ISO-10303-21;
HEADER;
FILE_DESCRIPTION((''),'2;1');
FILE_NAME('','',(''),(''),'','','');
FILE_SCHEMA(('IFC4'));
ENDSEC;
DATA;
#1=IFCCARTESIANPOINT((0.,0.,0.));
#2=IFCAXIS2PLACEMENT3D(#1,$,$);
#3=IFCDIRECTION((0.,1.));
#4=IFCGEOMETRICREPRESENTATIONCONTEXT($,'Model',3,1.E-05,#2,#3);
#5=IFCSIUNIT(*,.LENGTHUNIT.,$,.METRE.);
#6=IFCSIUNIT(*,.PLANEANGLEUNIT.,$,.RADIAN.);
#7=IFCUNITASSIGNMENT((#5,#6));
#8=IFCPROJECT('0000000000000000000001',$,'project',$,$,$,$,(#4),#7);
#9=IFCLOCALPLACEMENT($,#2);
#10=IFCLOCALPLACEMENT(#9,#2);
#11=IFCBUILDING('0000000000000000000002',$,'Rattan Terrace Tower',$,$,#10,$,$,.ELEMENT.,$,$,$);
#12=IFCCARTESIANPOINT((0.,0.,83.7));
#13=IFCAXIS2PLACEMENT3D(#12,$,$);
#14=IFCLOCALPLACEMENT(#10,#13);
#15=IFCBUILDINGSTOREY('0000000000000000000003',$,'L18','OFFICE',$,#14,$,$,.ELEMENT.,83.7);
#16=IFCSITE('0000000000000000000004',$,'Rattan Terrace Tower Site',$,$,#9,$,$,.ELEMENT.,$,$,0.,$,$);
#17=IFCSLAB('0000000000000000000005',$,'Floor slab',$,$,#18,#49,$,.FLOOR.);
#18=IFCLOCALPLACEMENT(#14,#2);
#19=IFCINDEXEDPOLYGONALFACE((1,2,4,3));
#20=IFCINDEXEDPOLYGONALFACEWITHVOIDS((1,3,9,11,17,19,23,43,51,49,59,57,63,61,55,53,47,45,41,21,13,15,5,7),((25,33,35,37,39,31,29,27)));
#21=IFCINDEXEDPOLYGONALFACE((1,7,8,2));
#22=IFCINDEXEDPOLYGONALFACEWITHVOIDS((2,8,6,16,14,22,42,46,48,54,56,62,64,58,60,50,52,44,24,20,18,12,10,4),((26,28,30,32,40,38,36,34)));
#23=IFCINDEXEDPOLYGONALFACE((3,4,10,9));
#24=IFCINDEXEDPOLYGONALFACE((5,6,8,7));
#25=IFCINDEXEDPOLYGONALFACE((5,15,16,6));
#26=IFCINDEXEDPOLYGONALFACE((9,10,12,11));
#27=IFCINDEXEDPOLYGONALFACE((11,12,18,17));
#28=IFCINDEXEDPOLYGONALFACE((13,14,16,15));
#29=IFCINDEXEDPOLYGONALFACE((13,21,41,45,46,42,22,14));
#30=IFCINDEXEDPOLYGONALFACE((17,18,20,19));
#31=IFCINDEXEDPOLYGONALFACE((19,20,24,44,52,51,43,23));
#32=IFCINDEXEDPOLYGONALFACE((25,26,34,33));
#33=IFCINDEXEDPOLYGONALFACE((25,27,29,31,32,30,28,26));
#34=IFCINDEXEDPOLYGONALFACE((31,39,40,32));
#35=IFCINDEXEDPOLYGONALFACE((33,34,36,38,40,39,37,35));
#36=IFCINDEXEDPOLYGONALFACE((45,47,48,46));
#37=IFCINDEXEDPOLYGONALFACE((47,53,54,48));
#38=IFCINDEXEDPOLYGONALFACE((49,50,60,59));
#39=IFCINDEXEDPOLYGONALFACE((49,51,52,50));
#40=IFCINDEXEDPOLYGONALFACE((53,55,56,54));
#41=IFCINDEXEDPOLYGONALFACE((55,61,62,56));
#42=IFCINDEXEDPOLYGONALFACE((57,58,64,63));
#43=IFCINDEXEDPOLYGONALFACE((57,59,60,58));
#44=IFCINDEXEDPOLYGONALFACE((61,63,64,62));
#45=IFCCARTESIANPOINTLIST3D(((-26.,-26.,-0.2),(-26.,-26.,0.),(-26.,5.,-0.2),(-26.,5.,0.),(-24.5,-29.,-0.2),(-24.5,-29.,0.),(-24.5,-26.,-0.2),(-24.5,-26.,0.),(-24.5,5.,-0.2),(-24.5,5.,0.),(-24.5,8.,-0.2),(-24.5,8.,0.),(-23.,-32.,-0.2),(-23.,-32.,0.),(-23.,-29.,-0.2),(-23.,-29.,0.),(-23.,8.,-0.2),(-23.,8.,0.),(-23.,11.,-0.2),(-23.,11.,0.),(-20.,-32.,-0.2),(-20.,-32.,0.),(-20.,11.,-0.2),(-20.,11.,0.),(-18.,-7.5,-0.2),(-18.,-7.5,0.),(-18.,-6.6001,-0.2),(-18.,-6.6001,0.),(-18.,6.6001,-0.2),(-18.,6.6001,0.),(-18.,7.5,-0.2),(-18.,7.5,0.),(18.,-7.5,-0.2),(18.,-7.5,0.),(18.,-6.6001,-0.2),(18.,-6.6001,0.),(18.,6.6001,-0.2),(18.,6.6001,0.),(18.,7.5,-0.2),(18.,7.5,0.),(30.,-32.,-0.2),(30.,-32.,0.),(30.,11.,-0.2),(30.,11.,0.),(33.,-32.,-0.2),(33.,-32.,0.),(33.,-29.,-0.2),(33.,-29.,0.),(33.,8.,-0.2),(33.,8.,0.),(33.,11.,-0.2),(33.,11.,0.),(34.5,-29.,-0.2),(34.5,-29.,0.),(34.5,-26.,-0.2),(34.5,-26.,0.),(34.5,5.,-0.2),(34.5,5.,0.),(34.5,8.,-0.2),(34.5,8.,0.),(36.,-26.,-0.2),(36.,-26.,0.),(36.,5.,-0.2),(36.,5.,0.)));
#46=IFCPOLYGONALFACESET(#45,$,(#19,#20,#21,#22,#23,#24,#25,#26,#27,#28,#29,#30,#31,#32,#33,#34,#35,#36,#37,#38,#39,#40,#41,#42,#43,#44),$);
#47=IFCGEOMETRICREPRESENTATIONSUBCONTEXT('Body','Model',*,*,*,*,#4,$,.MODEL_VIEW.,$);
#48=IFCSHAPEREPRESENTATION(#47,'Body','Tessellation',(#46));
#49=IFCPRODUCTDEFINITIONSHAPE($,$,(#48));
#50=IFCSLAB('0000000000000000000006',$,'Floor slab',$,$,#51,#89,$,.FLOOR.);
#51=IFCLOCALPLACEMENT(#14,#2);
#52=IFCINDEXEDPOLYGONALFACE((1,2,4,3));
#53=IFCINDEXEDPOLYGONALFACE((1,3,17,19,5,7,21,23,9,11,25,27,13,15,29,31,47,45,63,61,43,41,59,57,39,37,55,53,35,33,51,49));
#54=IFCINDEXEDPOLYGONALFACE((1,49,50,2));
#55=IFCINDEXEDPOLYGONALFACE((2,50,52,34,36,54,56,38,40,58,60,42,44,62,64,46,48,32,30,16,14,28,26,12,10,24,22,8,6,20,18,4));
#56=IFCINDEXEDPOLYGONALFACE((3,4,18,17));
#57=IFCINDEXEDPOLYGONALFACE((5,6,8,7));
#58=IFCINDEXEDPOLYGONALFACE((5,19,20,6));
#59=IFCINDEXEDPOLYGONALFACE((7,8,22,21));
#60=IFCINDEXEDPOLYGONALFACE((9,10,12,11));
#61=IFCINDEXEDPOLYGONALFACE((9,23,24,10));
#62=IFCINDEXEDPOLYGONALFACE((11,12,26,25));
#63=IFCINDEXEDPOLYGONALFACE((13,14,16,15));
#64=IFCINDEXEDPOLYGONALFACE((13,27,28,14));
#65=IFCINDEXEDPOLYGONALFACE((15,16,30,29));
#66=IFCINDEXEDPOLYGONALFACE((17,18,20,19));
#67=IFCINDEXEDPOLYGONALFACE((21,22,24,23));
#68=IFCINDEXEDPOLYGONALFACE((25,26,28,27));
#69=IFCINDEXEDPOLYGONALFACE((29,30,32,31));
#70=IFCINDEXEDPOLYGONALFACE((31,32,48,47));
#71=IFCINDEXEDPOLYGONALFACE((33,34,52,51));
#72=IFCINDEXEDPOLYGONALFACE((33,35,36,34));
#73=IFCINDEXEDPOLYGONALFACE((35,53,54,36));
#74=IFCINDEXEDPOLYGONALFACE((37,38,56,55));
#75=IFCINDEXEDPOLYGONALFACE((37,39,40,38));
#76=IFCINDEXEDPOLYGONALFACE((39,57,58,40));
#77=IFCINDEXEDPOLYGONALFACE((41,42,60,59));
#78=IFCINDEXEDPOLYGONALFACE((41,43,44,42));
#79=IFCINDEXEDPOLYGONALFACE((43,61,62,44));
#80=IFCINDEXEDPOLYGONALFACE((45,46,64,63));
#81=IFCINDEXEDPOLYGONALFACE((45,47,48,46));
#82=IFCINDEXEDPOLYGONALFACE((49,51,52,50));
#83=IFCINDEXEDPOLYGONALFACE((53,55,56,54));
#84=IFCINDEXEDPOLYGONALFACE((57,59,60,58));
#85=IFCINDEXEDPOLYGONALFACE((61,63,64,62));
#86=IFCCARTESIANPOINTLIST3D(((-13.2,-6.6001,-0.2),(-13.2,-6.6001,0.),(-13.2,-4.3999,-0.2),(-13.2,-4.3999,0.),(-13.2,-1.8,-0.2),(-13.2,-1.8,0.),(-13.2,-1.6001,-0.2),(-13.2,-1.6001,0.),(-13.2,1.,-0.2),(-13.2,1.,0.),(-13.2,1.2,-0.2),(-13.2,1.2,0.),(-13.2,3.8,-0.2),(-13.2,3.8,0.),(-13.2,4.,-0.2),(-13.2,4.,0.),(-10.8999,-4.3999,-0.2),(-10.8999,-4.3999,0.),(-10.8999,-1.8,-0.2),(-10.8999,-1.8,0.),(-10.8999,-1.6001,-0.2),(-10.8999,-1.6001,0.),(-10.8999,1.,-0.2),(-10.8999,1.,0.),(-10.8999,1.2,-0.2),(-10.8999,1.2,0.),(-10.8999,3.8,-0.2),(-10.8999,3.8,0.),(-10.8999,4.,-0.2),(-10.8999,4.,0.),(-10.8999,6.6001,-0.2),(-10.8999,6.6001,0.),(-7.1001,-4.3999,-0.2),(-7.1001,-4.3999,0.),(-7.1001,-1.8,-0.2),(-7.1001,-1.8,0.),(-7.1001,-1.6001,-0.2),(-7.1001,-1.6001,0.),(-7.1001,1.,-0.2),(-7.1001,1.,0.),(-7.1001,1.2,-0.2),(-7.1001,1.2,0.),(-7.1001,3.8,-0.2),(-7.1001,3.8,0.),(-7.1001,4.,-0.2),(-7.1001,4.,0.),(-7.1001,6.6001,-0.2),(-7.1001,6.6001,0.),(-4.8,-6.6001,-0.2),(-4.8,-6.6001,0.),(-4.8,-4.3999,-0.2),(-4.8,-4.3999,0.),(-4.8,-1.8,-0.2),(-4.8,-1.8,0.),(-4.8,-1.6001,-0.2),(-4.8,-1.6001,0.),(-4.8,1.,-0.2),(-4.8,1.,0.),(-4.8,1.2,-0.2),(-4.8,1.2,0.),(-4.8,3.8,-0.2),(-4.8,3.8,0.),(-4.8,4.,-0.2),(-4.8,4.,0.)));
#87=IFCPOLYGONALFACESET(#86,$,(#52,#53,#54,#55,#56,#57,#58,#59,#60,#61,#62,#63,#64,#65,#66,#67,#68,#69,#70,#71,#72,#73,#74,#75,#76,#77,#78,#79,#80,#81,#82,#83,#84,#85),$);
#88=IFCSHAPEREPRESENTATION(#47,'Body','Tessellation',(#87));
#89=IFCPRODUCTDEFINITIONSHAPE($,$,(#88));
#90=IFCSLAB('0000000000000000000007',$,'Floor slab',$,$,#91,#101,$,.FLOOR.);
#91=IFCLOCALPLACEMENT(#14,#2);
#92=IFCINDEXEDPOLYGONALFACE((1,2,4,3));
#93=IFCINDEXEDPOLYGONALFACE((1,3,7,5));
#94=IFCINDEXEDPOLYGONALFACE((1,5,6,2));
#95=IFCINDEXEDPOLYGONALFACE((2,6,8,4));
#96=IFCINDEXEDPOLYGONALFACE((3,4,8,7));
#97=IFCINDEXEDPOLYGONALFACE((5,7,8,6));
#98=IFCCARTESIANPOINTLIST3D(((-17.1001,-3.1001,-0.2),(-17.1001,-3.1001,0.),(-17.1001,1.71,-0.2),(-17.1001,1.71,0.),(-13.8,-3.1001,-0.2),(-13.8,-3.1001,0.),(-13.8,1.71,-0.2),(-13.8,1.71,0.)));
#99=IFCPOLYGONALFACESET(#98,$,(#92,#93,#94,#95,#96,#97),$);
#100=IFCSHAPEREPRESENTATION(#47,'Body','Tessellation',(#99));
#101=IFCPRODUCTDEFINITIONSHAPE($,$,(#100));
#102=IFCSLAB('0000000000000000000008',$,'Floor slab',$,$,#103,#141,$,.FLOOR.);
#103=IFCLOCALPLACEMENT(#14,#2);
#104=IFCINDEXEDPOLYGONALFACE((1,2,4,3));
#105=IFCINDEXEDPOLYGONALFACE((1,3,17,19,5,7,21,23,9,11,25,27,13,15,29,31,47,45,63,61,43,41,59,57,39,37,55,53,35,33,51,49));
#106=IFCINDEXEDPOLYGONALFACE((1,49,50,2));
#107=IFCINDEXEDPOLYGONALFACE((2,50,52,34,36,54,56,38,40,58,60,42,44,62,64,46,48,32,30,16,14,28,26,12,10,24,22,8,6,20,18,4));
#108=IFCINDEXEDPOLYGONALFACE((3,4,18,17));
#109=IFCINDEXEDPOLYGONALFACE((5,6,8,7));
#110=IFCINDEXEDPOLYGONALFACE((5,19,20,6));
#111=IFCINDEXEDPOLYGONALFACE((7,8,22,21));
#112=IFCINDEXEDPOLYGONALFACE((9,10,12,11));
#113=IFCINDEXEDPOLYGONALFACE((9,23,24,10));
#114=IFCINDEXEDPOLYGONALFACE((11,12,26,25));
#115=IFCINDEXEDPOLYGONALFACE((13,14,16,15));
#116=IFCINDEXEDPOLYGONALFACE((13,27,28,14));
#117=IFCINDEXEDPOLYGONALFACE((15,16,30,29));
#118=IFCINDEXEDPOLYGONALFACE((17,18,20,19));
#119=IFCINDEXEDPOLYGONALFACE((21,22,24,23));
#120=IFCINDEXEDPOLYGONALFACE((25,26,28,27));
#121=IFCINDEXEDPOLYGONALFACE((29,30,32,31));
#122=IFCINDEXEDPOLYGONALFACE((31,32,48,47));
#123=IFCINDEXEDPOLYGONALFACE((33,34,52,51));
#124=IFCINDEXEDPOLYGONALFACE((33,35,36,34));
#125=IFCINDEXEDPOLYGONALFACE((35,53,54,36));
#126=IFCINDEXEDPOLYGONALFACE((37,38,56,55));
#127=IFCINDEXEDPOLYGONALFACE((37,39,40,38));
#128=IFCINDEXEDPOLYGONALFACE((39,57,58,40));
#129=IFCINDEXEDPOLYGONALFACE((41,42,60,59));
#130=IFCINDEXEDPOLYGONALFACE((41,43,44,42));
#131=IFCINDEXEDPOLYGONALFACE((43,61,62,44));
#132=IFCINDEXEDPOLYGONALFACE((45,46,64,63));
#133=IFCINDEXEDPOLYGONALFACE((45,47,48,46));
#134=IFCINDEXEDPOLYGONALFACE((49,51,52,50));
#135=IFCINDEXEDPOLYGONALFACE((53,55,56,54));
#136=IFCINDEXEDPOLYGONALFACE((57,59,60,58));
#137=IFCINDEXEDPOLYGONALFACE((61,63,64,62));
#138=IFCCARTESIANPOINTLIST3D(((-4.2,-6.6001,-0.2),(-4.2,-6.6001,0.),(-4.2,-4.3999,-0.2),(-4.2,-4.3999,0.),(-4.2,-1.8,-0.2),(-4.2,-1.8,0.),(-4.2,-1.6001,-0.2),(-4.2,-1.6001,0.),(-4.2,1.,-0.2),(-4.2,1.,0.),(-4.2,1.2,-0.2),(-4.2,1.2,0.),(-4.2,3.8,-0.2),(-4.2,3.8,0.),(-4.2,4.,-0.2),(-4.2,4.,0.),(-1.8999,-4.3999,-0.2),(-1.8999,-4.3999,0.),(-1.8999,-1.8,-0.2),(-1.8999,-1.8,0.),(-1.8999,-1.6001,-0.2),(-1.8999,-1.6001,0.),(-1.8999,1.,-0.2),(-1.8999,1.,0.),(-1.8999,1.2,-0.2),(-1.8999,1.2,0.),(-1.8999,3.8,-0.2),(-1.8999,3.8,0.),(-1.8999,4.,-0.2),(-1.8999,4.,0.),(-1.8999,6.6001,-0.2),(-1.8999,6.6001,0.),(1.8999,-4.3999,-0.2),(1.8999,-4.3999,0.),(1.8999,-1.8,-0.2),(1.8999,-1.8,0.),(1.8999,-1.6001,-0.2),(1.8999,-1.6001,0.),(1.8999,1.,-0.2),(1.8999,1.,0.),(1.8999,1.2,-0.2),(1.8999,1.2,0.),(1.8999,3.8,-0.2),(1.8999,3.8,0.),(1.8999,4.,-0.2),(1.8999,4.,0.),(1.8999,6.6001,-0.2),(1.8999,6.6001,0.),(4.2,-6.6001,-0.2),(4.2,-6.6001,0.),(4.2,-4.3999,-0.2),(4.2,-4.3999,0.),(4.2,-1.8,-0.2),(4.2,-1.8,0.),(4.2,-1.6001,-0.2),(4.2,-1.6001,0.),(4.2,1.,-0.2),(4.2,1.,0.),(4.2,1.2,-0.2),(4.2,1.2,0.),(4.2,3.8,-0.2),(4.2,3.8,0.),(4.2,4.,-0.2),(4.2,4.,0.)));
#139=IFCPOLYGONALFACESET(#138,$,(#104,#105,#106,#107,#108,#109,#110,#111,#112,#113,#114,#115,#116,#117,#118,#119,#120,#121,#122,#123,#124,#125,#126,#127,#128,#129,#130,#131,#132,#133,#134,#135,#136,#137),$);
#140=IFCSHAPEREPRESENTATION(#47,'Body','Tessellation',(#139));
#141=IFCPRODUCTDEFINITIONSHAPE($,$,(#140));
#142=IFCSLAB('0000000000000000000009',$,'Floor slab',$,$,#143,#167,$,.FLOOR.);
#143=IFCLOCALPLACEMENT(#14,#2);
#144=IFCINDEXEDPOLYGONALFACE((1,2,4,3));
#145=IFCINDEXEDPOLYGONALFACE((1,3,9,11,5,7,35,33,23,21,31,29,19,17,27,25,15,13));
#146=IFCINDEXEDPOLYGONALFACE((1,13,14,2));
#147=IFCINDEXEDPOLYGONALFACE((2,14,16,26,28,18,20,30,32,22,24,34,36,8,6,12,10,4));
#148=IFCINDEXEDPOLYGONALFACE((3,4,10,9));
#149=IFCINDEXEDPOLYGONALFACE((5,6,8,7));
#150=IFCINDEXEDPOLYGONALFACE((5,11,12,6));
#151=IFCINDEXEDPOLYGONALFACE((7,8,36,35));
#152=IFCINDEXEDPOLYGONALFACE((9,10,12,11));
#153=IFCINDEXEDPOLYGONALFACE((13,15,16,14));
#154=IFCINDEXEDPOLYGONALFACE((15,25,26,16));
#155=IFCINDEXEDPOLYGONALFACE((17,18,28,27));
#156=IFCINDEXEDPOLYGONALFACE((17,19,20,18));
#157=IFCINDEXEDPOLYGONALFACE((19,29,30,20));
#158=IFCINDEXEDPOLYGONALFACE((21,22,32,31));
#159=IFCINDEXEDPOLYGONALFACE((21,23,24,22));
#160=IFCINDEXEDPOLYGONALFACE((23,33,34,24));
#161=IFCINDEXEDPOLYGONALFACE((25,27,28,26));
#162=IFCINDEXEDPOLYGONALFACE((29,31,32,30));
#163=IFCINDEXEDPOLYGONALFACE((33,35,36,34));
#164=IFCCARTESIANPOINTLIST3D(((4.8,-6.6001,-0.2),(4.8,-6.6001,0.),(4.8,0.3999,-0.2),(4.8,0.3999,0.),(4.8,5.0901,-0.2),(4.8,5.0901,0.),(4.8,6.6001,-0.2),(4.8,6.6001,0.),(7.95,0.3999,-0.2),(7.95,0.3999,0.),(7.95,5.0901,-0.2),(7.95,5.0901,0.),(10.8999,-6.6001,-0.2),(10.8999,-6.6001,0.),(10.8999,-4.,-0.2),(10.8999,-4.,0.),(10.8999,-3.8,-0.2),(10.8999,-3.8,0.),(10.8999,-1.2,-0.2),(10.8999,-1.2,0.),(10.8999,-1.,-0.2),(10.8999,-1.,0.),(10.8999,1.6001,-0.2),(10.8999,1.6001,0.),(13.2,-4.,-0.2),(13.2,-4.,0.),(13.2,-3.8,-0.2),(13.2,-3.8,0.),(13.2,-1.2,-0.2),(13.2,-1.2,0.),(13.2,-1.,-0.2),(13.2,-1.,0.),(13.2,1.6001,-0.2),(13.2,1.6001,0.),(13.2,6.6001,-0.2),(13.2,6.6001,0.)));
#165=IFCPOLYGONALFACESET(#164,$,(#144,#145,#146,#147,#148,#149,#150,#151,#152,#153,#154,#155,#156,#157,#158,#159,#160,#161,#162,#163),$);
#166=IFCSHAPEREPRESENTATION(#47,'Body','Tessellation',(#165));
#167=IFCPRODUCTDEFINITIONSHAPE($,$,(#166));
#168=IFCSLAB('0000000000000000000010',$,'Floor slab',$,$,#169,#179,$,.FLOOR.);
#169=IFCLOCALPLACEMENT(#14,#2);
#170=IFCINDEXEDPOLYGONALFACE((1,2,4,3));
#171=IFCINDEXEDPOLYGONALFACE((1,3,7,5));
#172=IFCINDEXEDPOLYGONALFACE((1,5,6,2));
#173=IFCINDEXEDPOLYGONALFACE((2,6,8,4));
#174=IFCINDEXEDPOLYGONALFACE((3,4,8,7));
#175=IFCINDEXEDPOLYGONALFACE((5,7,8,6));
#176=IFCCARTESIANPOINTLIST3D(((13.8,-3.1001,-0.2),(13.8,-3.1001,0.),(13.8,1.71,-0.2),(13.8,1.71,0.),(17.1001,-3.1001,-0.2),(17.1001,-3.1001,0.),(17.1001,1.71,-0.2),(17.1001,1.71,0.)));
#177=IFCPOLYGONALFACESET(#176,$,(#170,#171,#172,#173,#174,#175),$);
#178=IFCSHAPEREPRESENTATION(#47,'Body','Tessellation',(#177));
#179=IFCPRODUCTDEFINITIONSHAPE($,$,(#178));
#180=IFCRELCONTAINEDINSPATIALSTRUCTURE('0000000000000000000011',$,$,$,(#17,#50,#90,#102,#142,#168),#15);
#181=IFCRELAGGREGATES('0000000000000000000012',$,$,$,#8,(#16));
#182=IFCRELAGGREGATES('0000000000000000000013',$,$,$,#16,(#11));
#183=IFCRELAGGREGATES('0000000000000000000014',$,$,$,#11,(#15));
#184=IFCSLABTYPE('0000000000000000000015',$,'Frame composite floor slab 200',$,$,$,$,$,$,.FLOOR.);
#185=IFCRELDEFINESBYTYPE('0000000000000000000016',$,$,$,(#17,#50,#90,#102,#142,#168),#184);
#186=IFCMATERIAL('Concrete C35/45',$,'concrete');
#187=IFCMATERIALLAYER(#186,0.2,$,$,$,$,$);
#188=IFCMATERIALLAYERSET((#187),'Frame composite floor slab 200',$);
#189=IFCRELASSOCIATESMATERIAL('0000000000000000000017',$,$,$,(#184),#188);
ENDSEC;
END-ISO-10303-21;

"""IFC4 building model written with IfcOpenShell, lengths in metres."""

from ifc_helpers import new_model, si_unit, direction, frame, origin, place, context, subcontext, project, spatial, polyline, outline, extrude, material, layer, layer_set, type_object, element, save


model = new_model("IFC4")

# Units and contexts
model_context = context("Model", 3, precision=1e-05, world=origin(), true_north=direction((0.0, 1.0)))
body_context = subcontext(model_context, "Body", "Model", "MODEL_VIEW")
ifc_project = project(units=[si_unit("LENGTHUNIT", "METRE"), si_unit("PLANEANGLEUNIT", "RADIAN")], contexts=[model_context])

# Site, building, storey
site_placement = place(None, origin())
site = spatial("IfcSite", under=ifc_project, at=site_placement, Name="Rattan Terrace Tower Site", CompositionType="ELEMENT", RefElevation=0.0)
building_placement = place(site_placement, origin())
building = spatial("IfcBuilding", under=site, at=building_placement, Name="Rattan Terrace Tower", CompositionType="ELEMENT")
storey_placement = place(building_placement, frame((0.0, 0.0, 83.7)))
storey = spatial("IfcBuildingStorey", under=building, at=storey_placement, Name="L18", Description="OFFICE", CompositionType="ELEMENT", Elevation=83.7)

# Slabs
ifc_material_1 = material(Name="Concrete C35/45", Category="concrete")
ifc_layer_1 = layer(ifc_material_1, 0.2)
ifc_layer_set_1 = layer_set([ifc_layer_1], Name="Frame composite floor slab 200")
slab_type_1 = type_object("IfcSlabType", Name="Frame composite floor slab 200", PredefinedType="FLOOR", material=ifc_layer_set_1)
slab_1_placement = place(storey_placement, frame((0.0, 0.0, -0.2)))
element("IfcSlab", 1, at=slab_1_placement, inside=storey, type_object=slab_type_1, Name="Floor slab", PredefinedType="FLOOR", context=body_context, shape_type="SweptSolid", body=[
    extrude(outline(polyline([(-20.0, -32.0), (30.0, -32.0), (33.0, -32.0), (33.0, -29.0), (34.5, -29.0), (34.5, -26.0), (36.0, -26.0), (36.0, 5.0), (34.5, 5.0), (34.5, 8.0), (33.0, 8.0), (33.0, 11.0), (30.0, 11.0), (-20.0, 11.0), (-23.0, 11.0), (-23.0, 8.0), (-24.5, 8.0), (-24.5, 5.0), (-26.0, 5.0), (-26.0, -26.0), (-24.5, -26.0), (-24.5, -29.0), (-23.0, -29.0), (-23.0, -32.0), (-20.0, -32.0)]), holes=[polyline([(-18.0, -6.6001), (-18.0, -7.5), (18.0, -7.5), (18.0, -6.6001), (18.0, 6.6001), (18.0, 7.5), (-18.0, 7.5), (-18.0, 6.6001), (-18.0, -6.6001)])]), origin(), (0.0, 0.0, 1.0), 0.2),
])
slab_2_placement = place(storey_placement, frame((0.0, 0.0, -0.2)))
element("IfcSlab", 2, at=slab_2_placement, inside=storey, type_object=slab_type_1, Name="Floor slab", PredefinedType="FLOOR", context=body_context, shape_type="SweptSolid", body=[
    extrude(outline(polyline([(-10.8999, 6.6001), (-10.8999, 4.0), (-13.2, 4.0), (-13.2, 3.8), (-10.8999, 3.8), (-10.8999, 1.2), (-13.2, 1.2), (-13.2, 1.0), (-10.8999, 1.0), (-10.8999, -1.6001), (-13.2, -1.6001), (-13.2, -1.8), (-10.8999, -1.8), (-10.8999, -4.3999), (-13.2, -4.3999), (-13.2, -6.6001), (-4.8, -6.6001), (-4.8, -4.3999), (-7.1001, -4.3999), (-7.1001, -1.8), (-4.8, -1.8), (-4.8, -1.6001), (-7.1001, -1.6001), (-7.1001, 1.0), (-4.8, 1.0), (-4.8, 1.2), (-7.1001, 1.2), (-7.1001, 3.8), (-4.8, 3.8), (-4.8, 4.0), (-7.1001, 4.0), (-7.1001, 6.6001), (-10.8999, 6.6001)])), origin(), (0.0, 0.0, 1.0), 0.2),
])
slab_3_placement = place(storey_placement, frame((0.0, 0.0, -0.2)))
element("IfcSlab", 3, at=slab_3_placement, inside=storey, type_object=slab_type_1, Name="Floor slab", PredefinedType="FLOOR", context=body_context, shape_type="SweptSolid", body=[
    extrude(outline(polyline([(-17.1001, -3.1001), (-13.8, -3.1001), (-13.8, 1.71), (-17.1001, 1.71), (-17.1001, -3.1001)])), origin(), (0.0, 0.0, 1.0), 0.2),
])
slab_4_placement = place(storey_placement, frame((0.0, 0.0, -0.2)))
element("IfcSlab", 4, at=slab_4_placement, inside=storey, type_object=slab_type_1, Name="Floor slab", PredefinedType="FLOOR", context=body_context, shape_type="SweptSolid", body=[
    extrude(outline(polyline([(-4.2, 4.0), (-4.2, 3.8), (-1.8999, 3.8), (-1.8999, 1.2), (-4.2, 1.2), (-4.2, 1.0), (-1.8999, 1.0), (-1.8999, -1.6001), (-4.2, -1.6001), (-4.2, -1.8), (-1.8999, -1.8), (-1.8999, -4.3999), (-4.2, -4.3999), (-4.2, -6.6001), (4.2, -6.6001), (4.2, -4.3999), (1.8999, -4.3999), (1.8999, -1.8), (4.2, -1.8), (4.2, -1.6001), (1.8999, -1.6001), (1.8999, 1.0), (4.2, 1.0), (4.2, 1.2), (1.8999, 1.2), (1.8999, 3.8), (4.2, 3.8), (4.2, 4.0), (1.8999, 4.0), (1.8999, 6.6001), (-1.8999, 6.6001), (-1.8999, 4.0), (-4.2, 4.0)])), origin(), (0.0, 0.0, 1.0), 0.2),
])
slab_5_placement = place(storey_placement, frame((0.0, 0.0, -0.2)))
element("IfcSlab", 5, at=slab_5_placement, inside=storey, type_object=slab_type_1, Name="Floor slab", PredefinedType="FLOOR", context=body_context, shape_type="SweptSolid", body=[
    extrude(outline(polyline([(4.8, 5.0901), (7.95, 5.0901), (7.95, 0.3999), (4.8, 0.3999), (4.8, -6.6001), (10.8999, -6.6001), (10.8999, -4.0), (13.2, -4.0), (13.2, -3.8), (10.8999, -3.8), (10.8999, -1.2), (13.2, -1.2), (13.2, -1.0), (10.8999, -1.0), (10.8999, 1.6001), (13.2, 1.6001), (13.2, 6.6001), (4.8, 6.6001), (4.8, 5.0901)])), origin(), (0.0, 0.0, 1.0), 0.2),
])
slab_6_placement = place(storey_placement, frame((0.0, 0.0, -0.2)))
element("IfcSlab", 6, at=slab_6_placement, inside=storey, type_object=slab_type_1, Name="Floor slab", PredefinedType="FLOOR", context=body_context, shape_type="SweptSolid", body=[
    extrude(outline(polyline([(13.8, -3.1001), (17.1001, -3.1001), (17.1001, 1.71), (13.8, 1.71), (13.8, -3.1001)])), origin(), (0.0, 0.0, 1.0), 0.2),
])

save(model, "model.ifc")
